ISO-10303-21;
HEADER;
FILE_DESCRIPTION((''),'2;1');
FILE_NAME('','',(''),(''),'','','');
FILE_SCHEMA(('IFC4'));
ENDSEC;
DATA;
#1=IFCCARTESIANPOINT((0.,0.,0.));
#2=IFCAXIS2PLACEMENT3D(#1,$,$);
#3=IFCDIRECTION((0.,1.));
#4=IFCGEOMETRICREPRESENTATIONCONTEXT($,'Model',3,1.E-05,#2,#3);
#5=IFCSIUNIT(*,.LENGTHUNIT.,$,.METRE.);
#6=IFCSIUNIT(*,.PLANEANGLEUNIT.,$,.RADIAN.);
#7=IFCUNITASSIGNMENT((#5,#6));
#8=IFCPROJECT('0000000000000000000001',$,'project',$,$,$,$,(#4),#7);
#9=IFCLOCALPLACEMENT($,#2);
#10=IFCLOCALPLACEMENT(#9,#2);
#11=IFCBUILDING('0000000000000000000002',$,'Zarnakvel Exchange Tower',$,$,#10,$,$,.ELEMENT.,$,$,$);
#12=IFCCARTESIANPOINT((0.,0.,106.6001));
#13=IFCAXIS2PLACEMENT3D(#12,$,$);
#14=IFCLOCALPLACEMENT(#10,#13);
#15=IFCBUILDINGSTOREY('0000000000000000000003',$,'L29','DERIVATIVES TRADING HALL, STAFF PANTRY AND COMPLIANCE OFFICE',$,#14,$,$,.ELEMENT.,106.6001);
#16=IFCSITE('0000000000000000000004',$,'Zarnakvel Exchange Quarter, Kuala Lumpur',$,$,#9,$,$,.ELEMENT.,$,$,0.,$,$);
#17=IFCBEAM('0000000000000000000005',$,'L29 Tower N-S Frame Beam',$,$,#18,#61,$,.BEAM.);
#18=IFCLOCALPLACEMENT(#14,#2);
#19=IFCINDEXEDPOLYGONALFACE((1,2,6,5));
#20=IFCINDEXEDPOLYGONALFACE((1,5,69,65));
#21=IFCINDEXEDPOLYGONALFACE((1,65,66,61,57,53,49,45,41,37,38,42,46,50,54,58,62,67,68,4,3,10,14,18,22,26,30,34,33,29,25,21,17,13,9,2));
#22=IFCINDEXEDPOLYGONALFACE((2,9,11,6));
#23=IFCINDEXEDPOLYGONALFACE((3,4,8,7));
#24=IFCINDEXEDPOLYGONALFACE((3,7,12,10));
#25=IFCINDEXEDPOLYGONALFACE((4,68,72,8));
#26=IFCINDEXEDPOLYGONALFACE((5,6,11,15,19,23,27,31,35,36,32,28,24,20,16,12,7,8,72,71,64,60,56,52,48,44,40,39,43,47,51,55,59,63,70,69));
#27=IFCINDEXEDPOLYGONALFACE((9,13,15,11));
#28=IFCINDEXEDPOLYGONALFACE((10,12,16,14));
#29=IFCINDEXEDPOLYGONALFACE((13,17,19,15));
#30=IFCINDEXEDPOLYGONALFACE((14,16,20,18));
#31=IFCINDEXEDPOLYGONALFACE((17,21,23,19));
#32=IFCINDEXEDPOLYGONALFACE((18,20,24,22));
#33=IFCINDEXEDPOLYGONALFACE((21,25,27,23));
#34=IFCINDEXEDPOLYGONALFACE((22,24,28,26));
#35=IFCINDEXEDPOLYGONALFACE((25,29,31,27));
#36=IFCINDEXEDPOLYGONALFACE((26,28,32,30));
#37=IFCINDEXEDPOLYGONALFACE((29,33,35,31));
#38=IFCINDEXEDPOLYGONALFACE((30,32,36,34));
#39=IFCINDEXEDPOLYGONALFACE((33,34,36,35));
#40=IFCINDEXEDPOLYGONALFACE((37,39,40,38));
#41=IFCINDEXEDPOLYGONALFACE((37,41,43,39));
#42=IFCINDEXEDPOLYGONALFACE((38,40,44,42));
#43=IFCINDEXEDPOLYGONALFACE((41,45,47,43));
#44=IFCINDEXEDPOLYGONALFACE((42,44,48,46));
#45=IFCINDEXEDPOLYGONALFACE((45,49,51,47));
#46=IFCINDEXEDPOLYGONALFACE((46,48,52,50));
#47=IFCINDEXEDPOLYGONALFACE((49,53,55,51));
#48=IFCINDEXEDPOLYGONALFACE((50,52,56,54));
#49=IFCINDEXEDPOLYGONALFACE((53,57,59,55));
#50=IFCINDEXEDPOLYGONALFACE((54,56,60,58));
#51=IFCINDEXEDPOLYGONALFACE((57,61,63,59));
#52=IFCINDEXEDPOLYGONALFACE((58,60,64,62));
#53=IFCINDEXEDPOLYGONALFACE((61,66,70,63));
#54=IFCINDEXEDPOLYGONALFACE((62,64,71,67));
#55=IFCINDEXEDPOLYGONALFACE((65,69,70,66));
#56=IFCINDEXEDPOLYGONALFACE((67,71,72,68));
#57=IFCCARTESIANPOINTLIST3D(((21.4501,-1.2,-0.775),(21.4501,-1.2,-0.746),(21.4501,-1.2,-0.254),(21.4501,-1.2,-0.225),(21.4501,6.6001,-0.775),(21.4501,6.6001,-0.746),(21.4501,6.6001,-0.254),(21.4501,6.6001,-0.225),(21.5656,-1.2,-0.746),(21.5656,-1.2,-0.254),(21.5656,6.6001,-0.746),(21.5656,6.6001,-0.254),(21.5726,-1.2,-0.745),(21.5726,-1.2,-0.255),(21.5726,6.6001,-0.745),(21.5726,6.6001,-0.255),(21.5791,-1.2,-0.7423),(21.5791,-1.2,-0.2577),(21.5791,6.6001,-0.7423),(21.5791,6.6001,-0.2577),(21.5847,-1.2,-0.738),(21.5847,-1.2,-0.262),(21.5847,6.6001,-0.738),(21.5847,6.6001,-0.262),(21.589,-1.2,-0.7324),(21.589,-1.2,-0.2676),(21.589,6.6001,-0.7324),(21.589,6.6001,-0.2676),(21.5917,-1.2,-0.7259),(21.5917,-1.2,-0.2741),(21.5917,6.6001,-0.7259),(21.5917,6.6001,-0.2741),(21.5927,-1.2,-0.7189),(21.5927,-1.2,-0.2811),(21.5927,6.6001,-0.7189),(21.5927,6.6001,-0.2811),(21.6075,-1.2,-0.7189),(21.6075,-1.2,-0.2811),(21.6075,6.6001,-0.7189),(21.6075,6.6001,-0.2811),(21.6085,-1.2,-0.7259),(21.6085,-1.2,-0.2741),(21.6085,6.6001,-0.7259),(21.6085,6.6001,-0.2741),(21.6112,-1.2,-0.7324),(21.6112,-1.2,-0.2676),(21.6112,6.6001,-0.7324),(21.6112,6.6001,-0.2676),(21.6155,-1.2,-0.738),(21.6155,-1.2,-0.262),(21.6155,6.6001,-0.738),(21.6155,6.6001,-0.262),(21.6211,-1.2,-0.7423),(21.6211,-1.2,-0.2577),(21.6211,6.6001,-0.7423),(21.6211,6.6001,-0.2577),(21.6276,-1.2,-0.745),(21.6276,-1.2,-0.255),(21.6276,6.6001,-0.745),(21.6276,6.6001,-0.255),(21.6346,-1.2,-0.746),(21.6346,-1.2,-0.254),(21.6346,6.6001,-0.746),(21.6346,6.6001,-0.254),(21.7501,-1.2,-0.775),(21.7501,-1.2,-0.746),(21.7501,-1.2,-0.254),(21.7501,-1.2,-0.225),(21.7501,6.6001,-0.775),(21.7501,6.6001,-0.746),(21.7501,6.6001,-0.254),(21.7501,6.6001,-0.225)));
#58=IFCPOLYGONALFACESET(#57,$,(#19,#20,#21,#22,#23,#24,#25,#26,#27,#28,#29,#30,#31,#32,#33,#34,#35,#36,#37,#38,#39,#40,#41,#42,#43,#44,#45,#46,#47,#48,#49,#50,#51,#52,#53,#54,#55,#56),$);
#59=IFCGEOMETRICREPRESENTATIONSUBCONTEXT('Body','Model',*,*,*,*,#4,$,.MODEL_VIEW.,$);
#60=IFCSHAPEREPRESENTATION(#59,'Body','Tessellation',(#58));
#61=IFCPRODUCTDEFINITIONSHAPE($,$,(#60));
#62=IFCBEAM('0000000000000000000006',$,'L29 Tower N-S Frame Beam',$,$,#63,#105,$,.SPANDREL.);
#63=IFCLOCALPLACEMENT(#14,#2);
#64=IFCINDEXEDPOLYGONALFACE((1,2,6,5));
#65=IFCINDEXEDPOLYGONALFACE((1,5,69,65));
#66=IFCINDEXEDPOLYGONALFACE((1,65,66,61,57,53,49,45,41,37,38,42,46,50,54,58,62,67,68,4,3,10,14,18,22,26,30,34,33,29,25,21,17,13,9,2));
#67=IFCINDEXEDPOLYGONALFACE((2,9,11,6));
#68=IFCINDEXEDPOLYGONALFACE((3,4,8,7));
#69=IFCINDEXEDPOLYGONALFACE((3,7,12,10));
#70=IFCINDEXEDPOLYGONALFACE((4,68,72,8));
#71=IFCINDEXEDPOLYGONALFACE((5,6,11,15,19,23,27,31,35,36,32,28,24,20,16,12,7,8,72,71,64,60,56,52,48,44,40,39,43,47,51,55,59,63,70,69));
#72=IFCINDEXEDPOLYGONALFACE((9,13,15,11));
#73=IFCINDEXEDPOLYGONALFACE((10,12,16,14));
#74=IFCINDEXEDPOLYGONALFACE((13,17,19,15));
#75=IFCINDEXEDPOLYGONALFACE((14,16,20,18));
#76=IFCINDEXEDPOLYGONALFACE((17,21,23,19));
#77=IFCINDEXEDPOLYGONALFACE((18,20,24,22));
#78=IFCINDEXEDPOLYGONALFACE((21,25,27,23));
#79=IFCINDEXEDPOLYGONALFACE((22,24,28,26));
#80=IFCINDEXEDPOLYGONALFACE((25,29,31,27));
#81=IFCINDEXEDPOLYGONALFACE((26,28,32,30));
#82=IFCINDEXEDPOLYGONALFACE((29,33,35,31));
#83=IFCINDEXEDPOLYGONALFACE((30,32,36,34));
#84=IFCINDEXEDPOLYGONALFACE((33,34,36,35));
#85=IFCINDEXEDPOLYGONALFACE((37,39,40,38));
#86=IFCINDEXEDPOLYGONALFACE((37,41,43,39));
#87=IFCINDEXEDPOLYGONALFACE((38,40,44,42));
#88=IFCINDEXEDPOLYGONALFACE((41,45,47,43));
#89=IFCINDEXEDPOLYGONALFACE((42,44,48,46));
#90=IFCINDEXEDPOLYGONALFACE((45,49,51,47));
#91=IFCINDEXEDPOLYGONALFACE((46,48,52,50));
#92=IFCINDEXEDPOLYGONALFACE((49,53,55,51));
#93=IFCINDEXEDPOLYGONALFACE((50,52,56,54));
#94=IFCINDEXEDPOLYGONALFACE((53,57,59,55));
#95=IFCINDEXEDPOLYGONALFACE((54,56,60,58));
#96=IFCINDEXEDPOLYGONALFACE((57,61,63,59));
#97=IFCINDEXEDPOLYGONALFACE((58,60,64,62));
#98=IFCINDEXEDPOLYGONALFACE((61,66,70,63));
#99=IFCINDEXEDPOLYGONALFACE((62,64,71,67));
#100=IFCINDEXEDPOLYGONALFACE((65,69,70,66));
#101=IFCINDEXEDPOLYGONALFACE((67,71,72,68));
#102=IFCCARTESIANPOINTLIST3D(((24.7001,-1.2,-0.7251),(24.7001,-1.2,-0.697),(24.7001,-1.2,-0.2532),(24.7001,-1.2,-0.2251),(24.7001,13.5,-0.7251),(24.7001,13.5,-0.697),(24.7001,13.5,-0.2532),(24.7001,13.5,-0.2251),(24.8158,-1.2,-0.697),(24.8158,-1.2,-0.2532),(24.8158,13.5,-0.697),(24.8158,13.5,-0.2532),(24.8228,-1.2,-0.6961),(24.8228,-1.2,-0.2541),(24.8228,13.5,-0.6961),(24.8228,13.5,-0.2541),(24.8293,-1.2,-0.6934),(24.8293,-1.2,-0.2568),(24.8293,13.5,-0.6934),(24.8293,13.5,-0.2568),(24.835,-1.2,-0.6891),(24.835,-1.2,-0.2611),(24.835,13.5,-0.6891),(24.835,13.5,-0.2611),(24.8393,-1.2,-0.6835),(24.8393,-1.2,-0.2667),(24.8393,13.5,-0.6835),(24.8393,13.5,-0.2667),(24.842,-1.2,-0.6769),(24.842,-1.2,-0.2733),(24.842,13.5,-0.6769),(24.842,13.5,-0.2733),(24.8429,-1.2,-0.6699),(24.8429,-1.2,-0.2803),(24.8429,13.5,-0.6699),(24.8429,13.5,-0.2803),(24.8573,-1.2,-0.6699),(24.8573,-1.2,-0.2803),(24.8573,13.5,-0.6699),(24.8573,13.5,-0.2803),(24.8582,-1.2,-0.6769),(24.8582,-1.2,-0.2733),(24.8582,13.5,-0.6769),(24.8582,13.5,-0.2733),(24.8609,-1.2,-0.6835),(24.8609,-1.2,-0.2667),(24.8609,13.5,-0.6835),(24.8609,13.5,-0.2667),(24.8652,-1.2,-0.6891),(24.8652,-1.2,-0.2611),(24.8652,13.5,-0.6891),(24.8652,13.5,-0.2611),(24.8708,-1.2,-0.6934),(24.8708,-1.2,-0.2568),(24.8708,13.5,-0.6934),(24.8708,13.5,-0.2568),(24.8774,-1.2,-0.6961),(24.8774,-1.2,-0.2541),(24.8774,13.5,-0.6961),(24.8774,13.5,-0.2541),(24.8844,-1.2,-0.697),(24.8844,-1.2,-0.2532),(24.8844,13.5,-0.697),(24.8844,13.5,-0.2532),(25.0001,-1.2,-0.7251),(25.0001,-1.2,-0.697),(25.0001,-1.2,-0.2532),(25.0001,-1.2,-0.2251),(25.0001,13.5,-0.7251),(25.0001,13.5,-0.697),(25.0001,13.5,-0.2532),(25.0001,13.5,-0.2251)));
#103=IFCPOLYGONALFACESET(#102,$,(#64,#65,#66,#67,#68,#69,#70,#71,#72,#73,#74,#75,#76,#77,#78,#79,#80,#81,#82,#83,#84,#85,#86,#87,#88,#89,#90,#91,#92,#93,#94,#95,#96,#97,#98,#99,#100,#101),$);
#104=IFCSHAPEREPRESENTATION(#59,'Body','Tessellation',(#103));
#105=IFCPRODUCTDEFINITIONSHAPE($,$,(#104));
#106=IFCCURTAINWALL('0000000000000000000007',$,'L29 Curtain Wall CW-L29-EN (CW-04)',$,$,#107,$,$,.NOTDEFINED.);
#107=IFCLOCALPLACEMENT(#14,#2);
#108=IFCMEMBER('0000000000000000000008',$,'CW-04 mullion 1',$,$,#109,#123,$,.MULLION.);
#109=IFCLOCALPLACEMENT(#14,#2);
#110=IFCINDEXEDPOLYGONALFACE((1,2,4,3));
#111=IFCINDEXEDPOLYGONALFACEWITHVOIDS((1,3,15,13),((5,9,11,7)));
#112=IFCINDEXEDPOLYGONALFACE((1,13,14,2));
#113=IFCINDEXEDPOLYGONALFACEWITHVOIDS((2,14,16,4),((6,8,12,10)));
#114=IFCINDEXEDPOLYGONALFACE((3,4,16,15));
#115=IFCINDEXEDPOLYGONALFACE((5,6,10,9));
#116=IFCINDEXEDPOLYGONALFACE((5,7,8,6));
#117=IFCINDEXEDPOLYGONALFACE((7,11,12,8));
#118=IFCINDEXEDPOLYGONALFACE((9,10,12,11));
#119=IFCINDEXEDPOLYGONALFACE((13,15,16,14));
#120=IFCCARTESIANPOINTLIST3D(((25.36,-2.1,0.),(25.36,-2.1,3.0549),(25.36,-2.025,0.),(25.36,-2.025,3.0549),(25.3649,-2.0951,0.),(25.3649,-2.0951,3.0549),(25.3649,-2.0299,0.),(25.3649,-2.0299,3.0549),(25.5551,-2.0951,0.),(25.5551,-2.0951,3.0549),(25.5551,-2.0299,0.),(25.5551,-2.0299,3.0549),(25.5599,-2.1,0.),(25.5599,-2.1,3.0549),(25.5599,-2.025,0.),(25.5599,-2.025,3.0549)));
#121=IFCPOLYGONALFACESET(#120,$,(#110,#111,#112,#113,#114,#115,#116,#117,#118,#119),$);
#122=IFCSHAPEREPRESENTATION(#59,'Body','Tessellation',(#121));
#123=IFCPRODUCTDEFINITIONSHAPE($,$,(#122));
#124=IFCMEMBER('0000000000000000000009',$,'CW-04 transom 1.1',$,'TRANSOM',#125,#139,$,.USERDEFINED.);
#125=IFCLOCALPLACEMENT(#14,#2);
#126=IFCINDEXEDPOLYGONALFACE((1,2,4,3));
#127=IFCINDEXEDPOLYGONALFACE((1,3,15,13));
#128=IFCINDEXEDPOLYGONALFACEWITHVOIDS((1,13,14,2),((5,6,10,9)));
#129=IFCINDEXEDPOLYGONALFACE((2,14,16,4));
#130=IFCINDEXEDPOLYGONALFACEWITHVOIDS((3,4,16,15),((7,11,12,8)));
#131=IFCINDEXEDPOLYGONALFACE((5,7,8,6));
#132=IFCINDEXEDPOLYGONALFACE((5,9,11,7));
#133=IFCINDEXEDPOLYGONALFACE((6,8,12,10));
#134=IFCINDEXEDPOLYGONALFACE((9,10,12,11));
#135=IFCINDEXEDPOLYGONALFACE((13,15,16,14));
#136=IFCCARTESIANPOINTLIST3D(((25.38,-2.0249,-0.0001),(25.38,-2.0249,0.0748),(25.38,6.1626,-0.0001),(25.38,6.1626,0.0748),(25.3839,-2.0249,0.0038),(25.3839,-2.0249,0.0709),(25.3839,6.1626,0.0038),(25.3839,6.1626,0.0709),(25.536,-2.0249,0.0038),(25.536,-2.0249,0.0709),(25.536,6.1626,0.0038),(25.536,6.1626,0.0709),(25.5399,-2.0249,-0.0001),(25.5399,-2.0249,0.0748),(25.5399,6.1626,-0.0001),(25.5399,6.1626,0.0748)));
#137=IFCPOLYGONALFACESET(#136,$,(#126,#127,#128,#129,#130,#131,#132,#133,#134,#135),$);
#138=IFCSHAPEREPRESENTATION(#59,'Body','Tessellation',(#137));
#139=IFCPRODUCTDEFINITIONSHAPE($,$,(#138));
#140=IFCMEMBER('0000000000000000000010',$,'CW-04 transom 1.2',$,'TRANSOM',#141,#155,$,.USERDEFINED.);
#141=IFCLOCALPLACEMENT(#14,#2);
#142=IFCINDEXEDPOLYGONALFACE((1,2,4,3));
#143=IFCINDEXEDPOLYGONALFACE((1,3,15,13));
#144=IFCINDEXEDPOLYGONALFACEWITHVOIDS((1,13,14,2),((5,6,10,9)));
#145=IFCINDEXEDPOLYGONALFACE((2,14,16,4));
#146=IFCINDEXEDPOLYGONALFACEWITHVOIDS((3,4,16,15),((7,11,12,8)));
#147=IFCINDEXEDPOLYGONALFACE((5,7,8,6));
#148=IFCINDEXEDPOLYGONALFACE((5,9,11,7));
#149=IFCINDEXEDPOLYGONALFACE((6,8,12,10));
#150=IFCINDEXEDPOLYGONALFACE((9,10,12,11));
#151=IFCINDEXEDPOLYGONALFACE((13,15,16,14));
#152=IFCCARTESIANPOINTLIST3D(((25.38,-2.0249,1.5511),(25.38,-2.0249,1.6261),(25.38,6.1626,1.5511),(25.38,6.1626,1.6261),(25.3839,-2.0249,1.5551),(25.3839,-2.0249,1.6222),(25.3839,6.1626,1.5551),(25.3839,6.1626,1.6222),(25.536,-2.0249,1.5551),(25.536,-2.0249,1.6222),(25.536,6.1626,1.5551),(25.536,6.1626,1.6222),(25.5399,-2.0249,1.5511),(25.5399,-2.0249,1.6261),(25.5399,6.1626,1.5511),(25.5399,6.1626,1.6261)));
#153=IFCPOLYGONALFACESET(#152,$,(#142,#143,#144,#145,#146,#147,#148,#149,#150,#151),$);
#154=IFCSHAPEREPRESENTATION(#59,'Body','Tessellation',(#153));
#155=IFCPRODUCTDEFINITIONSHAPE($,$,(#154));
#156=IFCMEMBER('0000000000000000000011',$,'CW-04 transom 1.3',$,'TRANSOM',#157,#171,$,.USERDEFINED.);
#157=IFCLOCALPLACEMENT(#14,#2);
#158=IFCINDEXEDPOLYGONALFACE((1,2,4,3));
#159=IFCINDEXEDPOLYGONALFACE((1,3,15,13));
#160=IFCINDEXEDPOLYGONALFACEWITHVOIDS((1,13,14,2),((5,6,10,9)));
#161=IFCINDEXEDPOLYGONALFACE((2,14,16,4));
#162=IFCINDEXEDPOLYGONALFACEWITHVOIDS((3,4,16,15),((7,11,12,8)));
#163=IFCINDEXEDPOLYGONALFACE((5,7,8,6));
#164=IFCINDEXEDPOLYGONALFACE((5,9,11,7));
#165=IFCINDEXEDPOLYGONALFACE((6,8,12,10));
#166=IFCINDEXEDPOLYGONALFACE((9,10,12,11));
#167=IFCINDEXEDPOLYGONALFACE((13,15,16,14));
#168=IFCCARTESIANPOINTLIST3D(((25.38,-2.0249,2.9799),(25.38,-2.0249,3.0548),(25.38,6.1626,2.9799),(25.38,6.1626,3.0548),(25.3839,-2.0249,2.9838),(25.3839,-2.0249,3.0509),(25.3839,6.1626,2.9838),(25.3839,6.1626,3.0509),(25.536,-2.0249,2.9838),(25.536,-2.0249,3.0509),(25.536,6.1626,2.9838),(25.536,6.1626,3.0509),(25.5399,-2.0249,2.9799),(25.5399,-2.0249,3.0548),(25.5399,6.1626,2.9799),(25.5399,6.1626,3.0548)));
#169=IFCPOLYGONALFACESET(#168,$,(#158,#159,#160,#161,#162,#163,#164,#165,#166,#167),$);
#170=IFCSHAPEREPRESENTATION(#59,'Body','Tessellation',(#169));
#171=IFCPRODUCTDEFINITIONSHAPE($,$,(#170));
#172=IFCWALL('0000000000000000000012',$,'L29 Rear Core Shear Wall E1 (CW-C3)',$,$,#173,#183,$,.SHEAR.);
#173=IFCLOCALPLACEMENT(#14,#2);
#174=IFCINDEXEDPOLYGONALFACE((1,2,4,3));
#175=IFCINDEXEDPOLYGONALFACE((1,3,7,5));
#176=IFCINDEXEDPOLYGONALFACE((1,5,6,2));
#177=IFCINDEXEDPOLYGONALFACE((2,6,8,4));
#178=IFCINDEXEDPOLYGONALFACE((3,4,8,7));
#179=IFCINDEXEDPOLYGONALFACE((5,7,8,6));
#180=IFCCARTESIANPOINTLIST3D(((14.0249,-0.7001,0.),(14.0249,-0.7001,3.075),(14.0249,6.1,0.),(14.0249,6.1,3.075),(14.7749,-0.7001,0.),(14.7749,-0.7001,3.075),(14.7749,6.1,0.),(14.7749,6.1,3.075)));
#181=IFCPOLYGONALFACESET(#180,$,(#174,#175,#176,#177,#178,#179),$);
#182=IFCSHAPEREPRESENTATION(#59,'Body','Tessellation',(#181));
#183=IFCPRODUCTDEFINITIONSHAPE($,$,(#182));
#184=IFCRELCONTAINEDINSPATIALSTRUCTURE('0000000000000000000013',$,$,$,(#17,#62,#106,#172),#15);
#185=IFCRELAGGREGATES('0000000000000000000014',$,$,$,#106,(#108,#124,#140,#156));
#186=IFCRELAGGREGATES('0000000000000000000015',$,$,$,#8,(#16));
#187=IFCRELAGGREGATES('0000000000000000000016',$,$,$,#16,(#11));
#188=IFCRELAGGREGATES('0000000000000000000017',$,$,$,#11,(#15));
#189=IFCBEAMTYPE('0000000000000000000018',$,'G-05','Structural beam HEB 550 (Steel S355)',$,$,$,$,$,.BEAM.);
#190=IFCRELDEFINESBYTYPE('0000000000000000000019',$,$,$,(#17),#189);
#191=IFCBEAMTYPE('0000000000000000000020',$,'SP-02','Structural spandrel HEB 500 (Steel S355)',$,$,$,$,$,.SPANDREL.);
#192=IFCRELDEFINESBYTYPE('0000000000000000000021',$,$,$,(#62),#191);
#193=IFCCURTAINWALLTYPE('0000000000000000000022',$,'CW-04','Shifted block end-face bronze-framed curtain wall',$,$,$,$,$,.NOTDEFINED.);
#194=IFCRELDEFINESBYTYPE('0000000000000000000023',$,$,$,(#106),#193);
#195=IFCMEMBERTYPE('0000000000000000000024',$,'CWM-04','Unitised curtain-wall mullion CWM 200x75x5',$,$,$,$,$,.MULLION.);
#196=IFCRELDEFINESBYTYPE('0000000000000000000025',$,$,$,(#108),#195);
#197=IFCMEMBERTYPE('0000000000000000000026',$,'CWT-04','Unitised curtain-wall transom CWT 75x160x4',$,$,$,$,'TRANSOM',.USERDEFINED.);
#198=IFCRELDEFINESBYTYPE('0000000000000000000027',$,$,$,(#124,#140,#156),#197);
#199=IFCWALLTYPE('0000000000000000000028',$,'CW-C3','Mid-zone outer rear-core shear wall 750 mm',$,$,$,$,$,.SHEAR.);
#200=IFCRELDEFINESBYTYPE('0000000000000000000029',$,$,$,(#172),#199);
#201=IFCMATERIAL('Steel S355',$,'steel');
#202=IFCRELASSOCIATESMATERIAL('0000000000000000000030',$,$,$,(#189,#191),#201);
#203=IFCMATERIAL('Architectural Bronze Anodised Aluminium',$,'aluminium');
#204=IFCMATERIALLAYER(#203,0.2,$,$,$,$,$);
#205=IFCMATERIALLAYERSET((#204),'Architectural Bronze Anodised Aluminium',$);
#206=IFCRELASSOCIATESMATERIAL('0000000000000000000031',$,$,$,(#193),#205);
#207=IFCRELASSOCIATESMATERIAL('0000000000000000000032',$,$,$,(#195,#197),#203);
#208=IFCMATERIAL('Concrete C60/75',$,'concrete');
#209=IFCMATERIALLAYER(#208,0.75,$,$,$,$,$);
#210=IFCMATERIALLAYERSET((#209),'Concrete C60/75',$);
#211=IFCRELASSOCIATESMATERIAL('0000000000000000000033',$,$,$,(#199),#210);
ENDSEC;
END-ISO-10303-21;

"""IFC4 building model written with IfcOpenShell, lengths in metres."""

from ifc_helpers import new_model, si_unit, direction, frame, frame_2d, origin, origin_2d, place, context, subcontext, project, spatial, rectangle, hollow_rectangle, i_section, extrude, source, transform, mapped, material, layer, layer_set, material_profile, profile_set, type_object, element, aggregate, save


model = new_model("IFC4")

# Units and contexts
model_context = context("Model", 3, precision=1e-05, world=origin(), true_north=direction((0.0, 1.0)))
body_context = subcontext(model_context, "Body", "Model", "MODEL_VIEW")
ifc_project = project(units=[si_unit("LENGTHUNIT", "METRE"), si_unit("PLANEANGLEUNIT", "RADIAN")], contexts=[model_context])

# Site, building, storey
site_placement = place(None, origin())
site = spatial("IfcSite", under=ifc_project, at=site_placement, Name="Zarnakvel Exchange Quarter, Kuala Lumpur", CompositionType="ELEMENT", RefElevation=0.0)
building_placement = place(site_placement, origin())
building = spatial("IfcBuilding", under=site, at=building_placement, Name="Zarnakvel Exchange Tower", CompositionType="ELEMENT")
storey_placement = place(building_placement, frame((0.0, 0.0, 106.6001)))
storey = spatial("IfcBuildingStorey", under=building, at=storey_placement, Name="L29", Description="DERIVATIVES TRADING HALL, STAFF PANTRY AND COMPLIANCE OFFICE", CompositionType="ELEMENT", Elevation=106.6001)

# Shared definitions
ifc_material_1 = material(Name="Concrete C60/75", Category="concrete")
ifc_material_2 = material(Name="Steel S355", Category="steel")

# Beams
ifc_material_profile_1 = material_profile(ifc_material_2, i_section(OverallWidth=0.3, OverallDepth=0.55, WebThickness=0.0149, FlangeThickness=0.0291, FilletRadius=0.0271, at=origin_2d()))
ifc_profile_set_1 = profile_set([ifc_material_profile_1], Name="Steel S355")
beam_type_1 = type_object("IfcBeamType", Name="G-05", Description="Structural beam HEB 550 (Steel S355)", PredefinedType="BEAM", material=ifc_profile_set_1)
beam_1_placement = place(storey_placement, frame((21.6001, -1.2, -0.5), z_axis=(0.0, 1.0, 0.0), x_axis=(-1.0, 0.0, 0.0)))
element("IfcBeam", 1, at=beam_1_placement, inside=storey, type_object=beam_type_1, Name="L29 Tower N-S Frame Beam", PredefinedType="BEAM", context=body_context, shape_type="SweptSolid", body=[
    extrude(i_section(OverallWidth=0.3, OverallDepth=0.55, WebThickness=0.0149, FlangeThickness=0.0291, FilletRadius=0.0271, at=origin_2d()), origin(), (0.0, 0.0, 1.0), 7.8),
])
ifc_material_profile_2 = material_profile(ifc_material_2, i_section(OverallWidth=0.3, OverallDepth=0.5, WebThickness=0.0144, FlangeThickness=0.0281, FilletRadius=0.0271, at=origin_2d()))
ifc_profile_set_2 = profile_set([ifc_material_profile_2], Name="Steel S355")
beam_type_2 = type_object("IfcBeamType", Name="SP-02", Description="Structural spandrel HEB 500 (Steel S355)", PredefinedType="SPANDREL", material=ifc_profile_set_2)
beam_2_placement = place(storey_placement, frame((24.8501, -1.2, -0.4751), z_axis=(0.0, 1.0, 0.0), x_axis=(-1.0, 0.0, 0.0)))
element("IfcBeam", 2, at=beam_2_placement, inside=storey, type_object=beam_type_2, Name="L29 Tower N-S Frame Beam", PredefinedType="SPANDREL", context=body_context, shape_type="SweptSolid", body=[
    extrude(i_section(OverallWidth=0.3, OverallDepth=0.5, WebThickness=0.0144, FlangeThickness=0.0281, FilletRadius=0.0271, at=origin_2d()), origin(), (0.0, 0.0, 1.0), 14.7),
])

# Curtain wall, members
ifc_material_3 = material(Name="Architectural Bronze Anodised Aluminium", Category="aluminium")
ifc_layer_1 = layer(ifc_material_3, 0.2)
ifc_layer_set_1 = layer_set([ifc_layer_1], Name="Architectural Bronze Anodised Aluminium")
curtain_wall_type = type_object("IfcCurtainWallType", Name="CW-04", Description="Shifted block end-face bronze-framed curtain wall", PredefinedType="NOTDEFINED", material=ifc_layer_set_1)
curtain_wall_placement = place(storey_placement, origin())
curtain_wall = element("IfcCurtainWall", 3, at=curtain_wall_placement, inside=storey, type_object=curtain_wall_type, Name="L29 Curtain Wall CW-L29-EN (CW-04)", PredefinedType="NOTDEFINED")
ifc_material_profile_3 = material_profile(ifc_material_3, hollow_rectangle(XDim=0.2, YDim=0.075, WallThickness=0.0049, at=origin_2d()))
ifc_profile_set_3 = profile_set([ifc_material_profile_3], Name="Architectural Bronze Anodised Aluminium")
member_type_1 = type_object("IfcMemberType", Name="CWM-04", Description="Unitised curtain-wall mullion CWM 200x75x5", PredefinedType="MULLION", material=ifc_profile_set_3)
shared_shape_1 = source(origin(), body_context, "Body", "SweptSolid", [
    extrude(hollow_rectangle(XDim=0.2, YDim=0.075, WallThickness=0.0049, at=origin_2d()), origin(), (0.0, 0.0, 1.0), 3.0549),
])
member_1_placement = place(storey_placement, frame((25.46, -2.0625, 0.0), z_axis=(0.0, 0.0, 1.0), x_axis=(-1.0, 0.0, 0.0)))
member_1 = element("IfcMember", 4, at=member_1_placement, type_object=member_type_1, Name="CW-04 mullion 1", PredefinedType="MULLION", context=body_context, shape_type="MappedRepresentation", body=[
    mapped(shared_shape_1, transform((0.0, 0.0, 0.0), x_axis=(1.0, 0.0, 0.0), y_axis=(0.0, 1.0, 0.0), z_axis=(0.0, 0.0, 1.0), scale=1.0)),
])
ifc_material_profile_4 = material_profile(ifc_material_3, hollow_rectangle(XDim=0.1599, YDim=0.075, WallThickness=0.0039, at=origin_2d()))
ifc_profile_set_4 = profile_set([ifc_material_profile_4], Name="Architectural Bronze Anodised Aluminium")
member_type_2 = type_object("IfcMemberType", Name="CWT-04", Description="Unitised curtain-wall transom CWT 75x160x4", ElementType="TRANSOM", PredefinedType="USERDEFINED", material=ifc_profile_set_4)
shared_shape_2 = source(origin(), body_context, "Body", "SweptSolid", [
    extrude(hollow_rectangle(XDim=0.1599, YDim=0.075, WallThickness=0.0039, at=origin_2d()), origin(), (0.0, 0.0, 1.0), 8.1875),
])
member_2_placement = place(storey_placement, frame((25.46, -2.0249, 0.0374), z_axis=(0.0, 1.0, 0.0), x_axis=(-1.0, 0.0, 0.0)))
member_2 = element("IfcMember", 5, at=member_2_placement, type_object=member_type_2, Name="CW-04 transom 1.1", ObjectType="TRANSOM", PredefinedType="USERDEFINED", context=body_context, shape_type="MappedRepresentation", body=[
    mapped(shared_shape_2, transform((0.0, 0.0, 0.0), x_axis=(1.0, 0.0, 0.0), y_axis=(0.0, 1.0, 0.0), z_axis=(0.0, 0.0, 1.0), scale=1.0)),
])
member_3_placement = place(storey_placement, frame((25.46, -2.0249, 1.5886), z_axis=(0.0, 1.0, 0.0), x_axis=(-1.0, 0.0, 0.0)))
member_3 = element("IfcMember", 6, at=member_3_placement, type_object=member_type_2, Name="CW-04 transom 1.2", ObjectType="TRANSOM", PredefinedType="USERDEFINED", context=body_context, shape_type="MappedRepresentation", body=[
    mapped(shared_shape_2, transform((0.0, 0.0, 0.0), x_axis=(1.0, 0.0, 0.0), y_axis=(0.0, 1.0, 0.0), z_axis=(0.0, 0.0, 1.0), scale=1.0)),
])
member_4_placement = place(storey_placement, frame((25.46, -2.0249, 3.0173), z_axis=(0.0, 1.0, 0.0), x_axis=(-1.0, 0.0, 0.0)))
member_4 = element("IfcMember", 7, at=member_4_placement, type_object=member_type_2, Name="CW-04 transom 1.3", ObjectType="TRANSOM", PredefinedType="USERDEFINED", context=body_context, shape_type="MappedRepresentation", body=[
    mapped(shared_shape_2, transform((0.0, 0.0, 0.0), x_axis=(1.0, 0.0, 0.0), y_axis=(0.0, 1.0, 0.0), z_axis=(0.0, 0.0, 1.0), scale=1.0)),
])
aggregate(curtain_wall, [member_1, member_2, member_3, member_4])

# Wall
ifc_layer_2 = layer(ifc_material_1, 0.75)
ifc_layer_set_2 = layer_set([ifc_layer_2], Name="Concrete C60/75")
wall_type_1 = type_object("IfcWallType", Name="CW-C3", Description="Mid-zone outer rear-core shear wall 750 mm", PredefinedType="SHEAR", material=ifc_layer_set_2)
wall_1_placement = place(storey_placement, frame((14.3999, -0.7, 0.0), z_axis=(0.0, 0.0, 1.0), x_axis=(0.0, 1.0, 0.0)))
element("IfcWall", 8, at=wall_1_placement, inside=storey, type_object=wall_type_1, Name="L29 Rear Core Shear Wall E1 (CW-C3)", PredefinedType="SHEAR", context=body_context, shape_type="SweptSolid", body=[
    extrude(rectangle(XDim=6.8, YDim=0.75, at=frame_2d((3.3999, 0.0))), origin(), (0.0, 0.0, 1.0), 3.075),
])

save(model, "model.ifc")
